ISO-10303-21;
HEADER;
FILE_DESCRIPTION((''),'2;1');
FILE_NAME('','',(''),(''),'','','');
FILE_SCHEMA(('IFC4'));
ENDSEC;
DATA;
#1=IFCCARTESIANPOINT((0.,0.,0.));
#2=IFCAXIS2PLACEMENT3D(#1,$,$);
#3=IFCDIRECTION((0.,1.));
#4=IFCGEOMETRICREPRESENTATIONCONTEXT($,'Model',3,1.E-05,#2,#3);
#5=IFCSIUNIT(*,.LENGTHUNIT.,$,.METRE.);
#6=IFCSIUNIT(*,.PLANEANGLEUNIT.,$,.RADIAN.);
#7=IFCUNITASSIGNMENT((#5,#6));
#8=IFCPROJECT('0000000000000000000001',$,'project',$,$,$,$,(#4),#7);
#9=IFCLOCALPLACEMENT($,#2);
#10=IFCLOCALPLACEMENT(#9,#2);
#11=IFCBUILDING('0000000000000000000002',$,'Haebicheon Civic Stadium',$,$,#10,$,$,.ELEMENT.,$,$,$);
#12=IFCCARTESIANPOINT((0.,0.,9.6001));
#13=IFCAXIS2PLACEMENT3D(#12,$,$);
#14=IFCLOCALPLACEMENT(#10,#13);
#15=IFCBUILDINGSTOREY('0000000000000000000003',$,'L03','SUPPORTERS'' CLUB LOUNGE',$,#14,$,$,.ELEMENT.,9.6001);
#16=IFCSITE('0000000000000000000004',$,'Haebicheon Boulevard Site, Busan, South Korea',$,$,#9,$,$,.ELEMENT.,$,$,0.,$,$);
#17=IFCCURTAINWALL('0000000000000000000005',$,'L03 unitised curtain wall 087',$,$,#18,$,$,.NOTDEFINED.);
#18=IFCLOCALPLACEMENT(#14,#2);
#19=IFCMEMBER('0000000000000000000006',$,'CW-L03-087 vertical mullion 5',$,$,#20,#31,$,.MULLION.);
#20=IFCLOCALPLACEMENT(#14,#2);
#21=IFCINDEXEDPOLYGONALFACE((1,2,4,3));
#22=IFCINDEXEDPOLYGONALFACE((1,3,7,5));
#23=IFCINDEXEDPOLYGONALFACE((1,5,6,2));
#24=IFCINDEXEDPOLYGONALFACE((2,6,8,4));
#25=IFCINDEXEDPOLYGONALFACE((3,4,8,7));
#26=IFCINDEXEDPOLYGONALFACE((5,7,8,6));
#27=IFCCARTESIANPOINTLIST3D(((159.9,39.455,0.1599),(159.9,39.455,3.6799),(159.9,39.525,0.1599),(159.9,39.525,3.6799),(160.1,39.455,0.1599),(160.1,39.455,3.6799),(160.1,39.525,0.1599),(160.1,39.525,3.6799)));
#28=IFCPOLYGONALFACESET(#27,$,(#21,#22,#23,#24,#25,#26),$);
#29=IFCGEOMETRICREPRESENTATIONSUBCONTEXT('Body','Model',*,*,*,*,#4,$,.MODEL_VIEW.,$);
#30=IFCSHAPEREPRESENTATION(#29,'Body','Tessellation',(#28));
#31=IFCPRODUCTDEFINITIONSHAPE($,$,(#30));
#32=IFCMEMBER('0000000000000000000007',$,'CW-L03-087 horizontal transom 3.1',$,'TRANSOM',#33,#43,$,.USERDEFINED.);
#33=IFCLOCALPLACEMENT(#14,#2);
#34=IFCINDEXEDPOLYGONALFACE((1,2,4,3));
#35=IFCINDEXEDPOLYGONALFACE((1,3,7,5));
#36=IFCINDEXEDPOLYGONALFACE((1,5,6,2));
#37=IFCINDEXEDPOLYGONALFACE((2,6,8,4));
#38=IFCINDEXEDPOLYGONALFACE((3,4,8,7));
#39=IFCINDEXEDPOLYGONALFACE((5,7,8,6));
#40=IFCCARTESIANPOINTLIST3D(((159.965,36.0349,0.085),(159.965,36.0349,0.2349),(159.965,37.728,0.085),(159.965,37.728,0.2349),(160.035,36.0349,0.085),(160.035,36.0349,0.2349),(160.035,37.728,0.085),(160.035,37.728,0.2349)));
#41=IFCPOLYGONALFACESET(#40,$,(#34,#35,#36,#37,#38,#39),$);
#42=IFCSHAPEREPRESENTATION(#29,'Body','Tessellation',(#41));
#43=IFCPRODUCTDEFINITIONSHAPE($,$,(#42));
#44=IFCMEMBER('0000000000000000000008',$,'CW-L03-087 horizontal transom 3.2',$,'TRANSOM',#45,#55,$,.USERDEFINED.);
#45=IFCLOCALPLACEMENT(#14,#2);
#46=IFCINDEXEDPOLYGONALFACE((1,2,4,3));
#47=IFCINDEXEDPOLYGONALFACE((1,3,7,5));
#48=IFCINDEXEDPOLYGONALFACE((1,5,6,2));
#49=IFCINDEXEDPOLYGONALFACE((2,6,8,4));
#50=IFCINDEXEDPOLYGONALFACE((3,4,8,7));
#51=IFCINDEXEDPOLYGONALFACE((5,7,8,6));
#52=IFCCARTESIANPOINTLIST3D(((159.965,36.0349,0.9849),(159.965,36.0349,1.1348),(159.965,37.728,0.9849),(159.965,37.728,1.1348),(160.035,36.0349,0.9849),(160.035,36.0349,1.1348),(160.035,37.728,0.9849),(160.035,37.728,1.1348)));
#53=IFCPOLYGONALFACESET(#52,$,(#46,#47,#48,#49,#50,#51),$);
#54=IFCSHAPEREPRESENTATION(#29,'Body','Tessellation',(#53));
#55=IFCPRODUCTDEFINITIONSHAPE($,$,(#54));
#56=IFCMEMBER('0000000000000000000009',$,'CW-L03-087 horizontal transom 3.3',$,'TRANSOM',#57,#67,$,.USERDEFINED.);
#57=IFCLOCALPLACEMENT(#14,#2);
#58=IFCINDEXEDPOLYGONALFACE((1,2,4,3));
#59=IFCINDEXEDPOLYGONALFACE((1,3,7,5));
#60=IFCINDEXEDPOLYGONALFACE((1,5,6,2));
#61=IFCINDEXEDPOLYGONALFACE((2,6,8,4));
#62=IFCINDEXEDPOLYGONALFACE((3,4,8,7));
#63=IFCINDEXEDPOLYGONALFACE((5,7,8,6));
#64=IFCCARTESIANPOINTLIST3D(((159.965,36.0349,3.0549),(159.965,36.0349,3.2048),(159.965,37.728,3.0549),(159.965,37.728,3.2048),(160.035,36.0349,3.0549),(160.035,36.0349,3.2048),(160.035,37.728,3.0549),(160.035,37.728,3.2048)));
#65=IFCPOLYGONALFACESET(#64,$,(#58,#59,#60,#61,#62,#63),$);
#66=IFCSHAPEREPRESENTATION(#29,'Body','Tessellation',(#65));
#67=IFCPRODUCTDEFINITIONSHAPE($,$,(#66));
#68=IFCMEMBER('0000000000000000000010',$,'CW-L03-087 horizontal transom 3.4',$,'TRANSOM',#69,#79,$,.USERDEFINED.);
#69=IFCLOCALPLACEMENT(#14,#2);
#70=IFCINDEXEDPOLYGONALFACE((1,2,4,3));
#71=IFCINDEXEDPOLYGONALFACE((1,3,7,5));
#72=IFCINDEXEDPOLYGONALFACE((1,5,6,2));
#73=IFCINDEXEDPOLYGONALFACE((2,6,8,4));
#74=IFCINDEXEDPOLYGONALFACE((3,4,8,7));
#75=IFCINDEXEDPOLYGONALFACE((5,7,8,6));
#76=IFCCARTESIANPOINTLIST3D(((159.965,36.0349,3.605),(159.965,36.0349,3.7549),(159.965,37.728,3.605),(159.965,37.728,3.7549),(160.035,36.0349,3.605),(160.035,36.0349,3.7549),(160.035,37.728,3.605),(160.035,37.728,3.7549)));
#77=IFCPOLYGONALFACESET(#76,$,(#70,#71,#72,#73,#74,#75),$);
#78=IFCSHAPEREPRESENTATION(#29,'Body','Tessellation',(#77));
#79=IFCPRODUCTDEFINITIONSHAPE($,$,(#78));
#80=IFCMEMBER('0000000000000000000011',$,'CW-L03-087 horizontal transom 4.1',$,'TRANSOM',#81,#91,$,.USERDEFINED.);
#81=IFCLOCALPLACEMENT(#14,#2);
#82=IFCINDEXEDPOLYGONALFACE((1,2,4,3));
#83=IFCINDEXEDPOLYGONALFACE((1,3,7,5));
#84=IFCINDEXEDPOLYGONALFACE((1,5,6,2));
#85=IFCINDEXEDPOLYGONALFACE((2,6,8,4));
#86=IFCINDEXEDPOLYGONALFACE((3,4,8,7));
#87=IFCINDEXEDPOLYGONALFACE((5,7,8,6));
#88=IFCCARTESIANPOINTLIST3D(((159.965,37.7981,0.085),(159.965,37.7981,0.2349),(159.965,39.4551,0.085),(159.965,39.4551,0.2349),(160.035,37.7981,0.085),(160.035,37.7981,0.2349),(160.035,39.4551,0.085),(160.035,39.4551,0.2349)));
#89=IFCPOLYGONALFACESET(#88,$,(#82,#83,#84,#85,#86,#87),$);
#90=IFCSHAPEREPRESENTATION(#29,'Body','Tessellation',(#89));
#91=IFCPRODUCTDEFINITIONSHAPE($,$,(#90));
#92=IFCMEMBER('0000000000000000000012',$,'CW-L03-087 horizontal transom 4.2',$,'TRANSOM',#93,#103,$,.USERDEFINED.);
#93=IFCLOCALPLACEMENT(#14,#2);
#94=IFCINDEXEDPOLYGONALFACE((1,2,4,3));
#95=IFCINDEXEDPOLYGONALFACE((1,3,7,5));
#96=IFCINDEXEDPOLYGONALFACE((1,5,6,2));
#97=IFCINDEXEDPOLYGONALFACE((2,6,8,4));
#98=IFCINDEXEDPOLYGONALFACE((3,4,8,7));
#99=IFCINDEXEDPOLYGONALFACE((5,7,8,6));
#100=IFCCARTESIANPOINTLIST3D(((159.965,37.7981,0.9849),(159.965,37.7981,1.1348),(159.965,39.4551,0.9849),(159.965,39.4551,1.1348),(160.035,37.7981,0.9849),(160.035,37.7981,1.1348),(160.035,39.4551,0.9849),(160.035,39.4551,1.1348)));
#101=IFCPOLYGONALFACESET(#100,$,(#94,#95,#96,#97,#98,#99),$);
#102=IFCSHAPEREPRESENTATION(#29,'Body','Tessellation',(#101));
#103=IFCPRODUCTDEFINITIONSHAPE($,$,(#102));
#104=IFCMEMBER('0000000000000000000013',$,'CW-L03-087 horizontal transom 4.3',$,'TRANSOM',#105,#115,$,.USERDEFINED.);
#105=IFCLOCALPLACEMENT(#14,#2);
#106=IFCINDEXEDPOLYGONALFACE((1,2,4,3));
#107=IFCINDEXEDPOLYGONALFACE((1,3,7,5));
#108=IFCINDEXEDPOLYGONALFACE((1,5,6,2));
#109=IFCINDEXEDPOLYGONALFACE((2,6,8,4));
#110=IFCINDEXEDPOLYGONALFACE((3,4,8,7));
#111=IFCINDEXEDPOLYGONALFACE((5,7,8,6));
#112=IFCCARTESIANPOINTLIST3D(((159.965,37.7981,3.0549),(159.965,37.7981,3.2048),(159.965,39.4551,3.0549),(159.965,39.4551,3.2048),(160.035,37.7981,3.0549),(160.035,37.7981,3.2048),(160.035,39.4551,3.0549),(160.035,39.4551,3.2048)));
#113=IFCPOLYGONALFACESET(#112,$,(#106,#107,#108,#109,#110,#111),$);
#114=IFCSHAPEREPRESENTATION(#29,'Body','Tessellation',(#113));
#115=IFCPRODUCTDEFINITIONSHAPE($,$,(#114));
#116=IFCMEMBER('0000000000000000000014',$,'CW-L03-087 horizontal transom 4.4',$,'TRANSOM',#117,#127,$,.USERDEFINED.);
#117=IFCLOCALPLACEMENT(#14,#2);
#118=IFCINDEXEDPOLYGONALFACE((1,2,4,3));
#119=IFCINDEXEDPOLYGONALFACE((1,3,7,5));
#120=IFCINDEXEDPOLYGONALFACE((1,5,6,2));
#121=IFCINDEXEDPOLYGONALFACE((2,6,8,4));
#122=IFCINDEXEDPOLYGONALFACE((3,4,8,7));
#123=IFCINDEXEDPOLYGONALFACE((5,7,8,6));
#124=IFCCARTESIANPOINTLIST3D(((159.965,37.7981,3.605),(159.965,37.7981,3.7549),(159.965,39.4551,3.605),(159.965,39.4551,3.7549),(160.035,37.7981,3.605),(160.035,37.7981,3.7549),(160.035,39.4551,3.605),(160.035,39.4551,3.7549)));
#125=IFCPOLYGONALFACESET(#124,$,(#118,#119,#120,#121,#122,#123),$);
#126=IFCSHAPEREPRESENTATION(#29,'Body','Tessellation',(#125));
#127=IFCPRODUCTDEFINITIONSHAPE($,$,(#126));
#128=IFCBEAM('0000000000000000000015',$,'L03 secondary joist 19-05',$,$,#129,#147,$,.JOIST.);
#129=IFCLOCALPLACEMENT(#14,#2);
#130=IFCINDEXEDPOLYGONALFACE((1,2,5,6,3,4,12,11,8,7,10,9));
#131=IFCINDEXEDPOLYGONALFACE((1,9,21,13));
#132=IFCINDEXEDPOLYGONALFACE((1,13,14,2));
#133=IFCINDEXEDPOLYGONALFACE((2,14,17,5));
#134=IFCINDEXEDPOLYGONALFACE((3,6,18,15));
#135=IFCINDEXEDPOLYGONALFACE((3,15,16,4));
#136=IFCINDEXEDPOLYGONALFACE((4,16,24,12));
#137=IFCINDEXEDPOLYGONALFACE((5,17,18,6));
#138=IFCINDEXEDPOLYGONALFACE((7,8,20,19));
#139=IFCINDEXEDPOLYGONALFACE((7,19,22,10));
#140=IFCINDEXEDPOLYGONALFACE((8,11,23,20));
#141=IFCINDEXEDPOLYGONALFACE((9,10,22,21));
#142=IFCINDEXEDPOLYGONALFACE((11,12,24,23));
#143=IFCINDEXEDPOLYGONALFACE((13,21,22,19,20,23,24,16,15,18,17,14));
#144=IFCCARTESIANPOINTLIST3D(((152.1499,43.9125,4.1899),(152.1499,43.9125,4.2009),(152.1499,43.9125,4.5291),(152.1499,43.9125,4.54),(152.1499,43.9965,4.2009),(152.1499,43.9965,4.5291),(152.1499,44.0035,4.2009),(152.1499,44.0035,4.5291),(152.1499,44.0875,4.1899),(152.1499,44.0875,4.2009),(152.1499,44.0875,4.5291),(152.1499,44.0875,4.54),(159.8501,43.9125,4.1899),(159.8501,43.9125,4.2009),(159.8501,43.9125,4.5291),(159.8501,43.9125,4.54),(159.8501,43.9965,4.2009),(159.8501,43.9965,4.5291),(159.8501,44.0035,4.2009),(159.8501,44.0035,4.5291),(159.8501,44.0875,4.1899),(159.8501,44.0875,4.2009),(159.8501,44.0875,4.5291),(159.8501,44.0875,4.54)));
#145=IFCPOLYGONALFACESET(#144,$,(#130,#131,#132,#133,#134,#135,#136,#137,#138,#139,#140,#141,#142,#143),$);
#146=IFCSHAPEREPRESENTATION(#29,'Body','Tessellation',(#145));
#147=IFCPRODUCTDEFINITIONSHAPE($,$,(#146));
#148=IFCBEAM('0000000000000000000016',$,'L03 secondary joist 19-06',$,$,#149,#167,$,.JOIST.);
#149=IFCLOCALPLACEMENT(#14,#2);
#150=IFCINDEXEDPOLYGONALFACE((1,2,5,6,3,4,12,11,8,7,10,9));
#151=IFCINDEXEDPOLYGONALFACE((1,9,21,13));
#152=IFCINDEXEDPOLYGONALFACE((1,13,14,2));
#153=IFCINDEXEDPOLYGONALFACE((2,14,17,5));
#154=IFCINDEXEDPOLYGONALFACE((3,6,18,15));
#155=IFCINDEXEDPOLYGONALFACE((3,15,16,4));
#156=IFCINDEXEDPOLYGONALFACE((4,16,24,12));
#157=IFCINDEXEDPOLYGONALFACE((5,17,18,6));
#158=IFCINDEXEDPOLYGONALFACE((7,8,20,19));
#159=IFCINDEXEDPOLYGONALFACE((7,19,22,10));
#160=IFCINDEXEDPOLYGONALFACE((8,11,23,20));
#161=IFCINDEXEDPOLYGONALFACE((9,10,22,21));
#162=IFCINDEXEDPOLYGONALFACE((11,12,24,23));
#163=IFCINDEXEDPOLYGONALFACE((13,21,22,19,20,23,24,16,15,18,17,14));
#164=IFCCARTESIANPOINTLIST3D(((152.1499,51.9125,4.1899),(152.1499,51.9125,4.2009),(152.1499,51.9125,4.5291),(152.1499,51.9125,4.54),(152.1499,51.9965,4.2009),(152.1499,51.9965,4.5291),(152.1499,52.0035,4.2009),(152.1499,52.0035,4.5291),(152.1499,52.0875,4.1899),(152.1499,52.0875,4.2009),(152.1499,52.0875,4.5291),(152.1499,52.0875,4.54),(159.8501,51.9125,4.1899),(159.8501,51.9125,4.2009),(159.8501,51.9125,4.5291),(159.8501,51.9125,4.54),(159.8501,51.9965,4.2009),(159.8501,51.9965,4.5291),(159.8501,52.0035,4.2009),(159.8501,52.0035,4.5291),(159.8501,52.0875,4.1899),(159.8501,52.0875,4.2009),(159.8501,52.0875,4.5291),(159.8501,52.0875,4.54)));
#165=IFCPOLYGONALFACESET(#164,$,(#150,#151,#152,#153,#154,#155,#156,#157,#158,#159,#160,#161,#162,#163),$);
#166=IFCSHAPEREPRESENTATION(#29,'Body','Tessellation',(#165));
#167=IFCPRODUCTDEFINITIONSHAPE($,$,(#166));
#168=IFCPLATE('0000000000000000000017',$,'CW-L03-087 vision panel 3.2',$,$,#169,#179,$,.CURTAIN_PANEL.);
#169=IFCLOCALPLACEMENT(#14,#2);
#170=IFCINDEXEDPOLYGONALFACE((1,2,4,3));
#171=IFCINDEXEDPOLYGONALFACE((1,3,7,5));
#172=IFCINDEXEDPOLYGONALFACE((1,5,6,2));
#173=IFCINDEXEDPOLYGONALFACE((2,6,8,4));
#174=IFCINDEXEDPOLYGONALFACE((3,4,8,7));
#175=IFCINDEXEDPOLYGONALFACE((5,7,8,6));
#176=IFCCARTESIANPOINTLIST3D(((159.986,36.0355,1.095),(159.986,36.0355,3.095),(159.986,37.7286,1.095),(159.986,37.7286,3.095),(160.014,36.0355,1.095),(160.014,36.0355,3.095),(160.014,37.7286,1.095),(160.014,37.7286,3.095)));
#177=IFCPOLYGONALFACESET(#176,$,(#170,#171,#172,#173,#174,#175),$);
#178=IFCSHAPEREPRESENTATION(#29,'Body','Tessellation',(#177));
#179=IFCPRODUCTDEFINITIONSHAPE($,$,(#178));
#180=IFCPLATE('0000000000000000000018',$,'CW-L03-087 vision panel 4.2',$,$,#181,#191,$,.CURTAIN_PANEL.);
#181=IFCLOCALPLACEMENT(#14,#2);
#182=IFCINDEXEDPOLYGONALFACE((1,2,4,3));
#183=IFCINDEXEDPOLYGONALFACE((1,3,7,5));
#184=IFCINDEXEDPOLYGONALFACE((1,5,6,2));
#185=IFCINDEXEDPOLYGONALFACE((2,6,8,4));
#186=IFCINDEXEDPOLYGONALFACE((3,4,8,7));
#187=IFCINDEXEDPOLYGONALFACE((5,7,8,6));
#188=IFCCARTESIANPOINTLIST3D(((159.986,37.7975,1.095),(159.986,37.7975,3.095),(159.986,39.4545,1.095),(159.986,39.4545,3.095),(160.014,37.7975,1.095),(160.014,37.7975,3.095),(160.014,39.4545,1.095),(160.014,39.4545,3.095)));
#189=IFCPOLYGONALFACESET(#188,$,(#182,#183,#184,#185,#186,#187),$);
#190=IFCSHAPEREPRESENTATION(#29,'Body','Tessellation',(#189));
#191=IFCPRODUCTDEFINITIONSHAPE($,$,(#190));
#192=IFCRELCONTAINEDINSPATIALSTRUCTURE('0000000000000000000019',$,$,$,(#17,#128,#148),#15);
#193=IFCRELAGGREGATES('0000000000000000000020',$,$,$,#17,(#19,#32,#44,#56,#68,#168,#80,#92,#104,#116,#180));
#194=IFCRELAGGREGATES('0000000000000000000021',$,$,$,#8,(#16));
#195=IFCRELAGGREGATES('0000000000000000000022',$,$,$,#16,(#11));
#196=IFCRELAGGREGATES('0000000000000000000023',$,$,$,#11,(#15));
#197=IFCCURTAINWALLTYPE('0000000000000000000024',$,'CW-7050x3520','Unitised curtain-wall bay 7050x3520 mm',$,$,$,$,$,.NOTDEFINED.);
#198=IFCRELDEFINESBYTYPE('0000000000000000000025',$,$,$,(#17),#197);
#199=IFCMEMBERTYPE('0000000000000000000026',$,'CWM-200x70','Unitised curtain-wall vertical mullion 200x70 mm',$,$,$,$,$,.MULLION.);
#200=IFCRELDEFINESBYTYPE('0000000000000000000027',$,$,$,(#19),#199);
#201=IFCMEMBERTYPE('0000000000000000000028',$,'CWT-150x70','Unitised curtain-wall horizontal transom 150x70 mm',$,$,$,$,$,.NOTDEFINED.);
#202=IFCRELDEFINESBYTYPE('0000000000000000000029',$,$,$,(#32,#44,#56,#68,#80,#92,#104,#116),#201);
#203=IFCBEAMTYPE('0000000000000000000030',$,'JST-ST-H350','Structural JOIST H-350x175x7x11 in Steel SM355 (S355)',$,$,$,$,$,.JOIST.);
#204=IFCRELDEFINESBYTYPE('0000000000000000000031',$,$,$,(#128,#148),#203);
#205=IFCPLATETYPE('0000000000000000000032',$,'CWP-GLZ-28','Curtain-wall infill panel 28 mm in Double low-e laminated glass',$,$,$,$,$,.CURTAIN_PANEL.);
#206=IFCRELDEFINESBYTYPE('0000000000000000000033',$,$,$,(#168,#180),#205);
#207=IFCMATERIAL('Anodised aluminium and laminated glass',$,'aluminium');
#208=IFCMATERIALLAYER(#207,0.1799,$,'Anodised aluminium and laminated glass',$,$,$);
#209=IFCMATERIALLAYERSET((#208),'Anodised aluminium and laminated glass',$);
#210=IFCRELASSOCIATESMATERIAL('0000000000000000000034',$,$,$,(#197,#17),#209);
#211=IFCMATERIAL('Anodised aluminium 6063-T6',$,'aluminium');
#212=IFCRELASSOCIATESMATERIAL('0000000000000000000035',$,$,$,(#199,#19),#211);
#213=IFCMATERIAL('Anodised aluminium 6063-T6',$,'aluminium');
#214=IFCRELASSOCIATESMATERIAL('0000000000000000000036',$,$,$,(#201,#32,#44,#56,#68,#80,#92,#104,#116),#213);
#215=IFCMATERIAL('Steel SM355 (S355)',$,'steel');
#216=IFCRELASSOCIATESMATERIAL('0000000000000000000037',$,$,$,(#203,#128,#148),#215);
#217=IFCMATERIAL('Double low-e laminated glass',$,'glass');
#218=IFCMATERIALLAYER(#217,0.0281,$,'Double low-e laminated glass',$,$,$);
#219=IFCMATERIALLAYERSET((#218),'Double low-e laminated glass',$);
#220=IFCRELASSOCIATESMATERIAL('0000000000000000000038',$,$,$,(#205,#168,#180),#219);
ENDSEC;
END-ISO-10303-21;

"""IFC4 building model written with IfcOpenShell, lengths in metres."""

from ifc_helpers import new_model, si_unit, direction, frame, origin, origin_2d, place, context, subcontext, project, spatial, rectangle, i_section, extrude, material, layer, layer_set, material_profile, profile_set, type_object, element, aggregate, save


model = new_model("IFC4")

# Units and contexts
model_context = context("Model", 3, precision=1e-05, world=origin(), true_north=direction((0.0, 1.0)))
body_context = subcontext(model_context, "Body", "Model", "MODEL_VIEW")
ifc_project = project(units=[si_unit("LENGTHUNIT", "METRE"), si_unit("PLANEANGLEUNIT", "RADIAN")], contexts=[model_context])

# Site, building, storey
site_placement = place(None, origin())
site = spatial("IfcSite", under=ifc_project, at=site_placement, Name="Haebicheon Boulevard Site, Busan, South Korea", CompositionType="ELEMENT", RefElevation=0.0)
building_placement = place(site_placement, origin())
building = spatial("IfcBuilding", under=site, at=building_placement, Name="Haebicheon Civic Stadium", CompositionType="ELEMENT")
storey_placement = place(building_placement, frame((0.0, 0.0, 9.6001)))
storey = spatial("IfcBuildingStorey", under=building, at=storey_placement, Name="L03", Description="SUPPORTERS' CLUB LOUNGE", CompositionType="ELEMENT", Elevation=9.6001)

# Curtain wall, members
ifc_material_1 = material(Name="Anodised aluminium and laminated glass", Category="aluminium")
ifc_layer_1 = layer(ifc_material_1, 0.1799, Name="Anodised aluminium and laminated glass")
ifc_layer_set_1 = layer_set([ifc_layer_1], Name="Anodised aluminium and laminated glass")
curtain_wall_type = type_object("IfcCurtainWallType", Name="CW-7050x3520", Description="Unitised curtain-wall bay 7050x3520 mm", PredefinedType="NOTDEFINED", material=ifc_layer_set_1)
curtain_wall_placement = place(storey_placement, origin())
curtain_wall = element("IfcCurtainWall", 1, at=curtain_wall_placement, inside=storey, type_object=curtain_wall_type, material=ifc_layer_set_1, Name="L03 unitised curtain wall 087", PredefinedType="NOTDEFINED")
ifc_material_2 = material(Name="Anodised aluminium 6063-T6", Category="aluminium")
ifc_material_profile_1 = material_profile(ifc_material_2, rectangle(XDim=0.0701, YDim=0.2, at=origin_2d()), Name="ALU-MULL-70x200")
ifc_profile_set_1 = profile_set([ifc_material_profile_1], Name="Anodised aluminium 6063-T6")
member_type_1 = type_object("IfcMemberType", Name="CWM-200x70", Description="Unitised curtain-wall vertical mullion 200x70 mm", PredefinedType="MULLION", material=ifc_profile_set_1)
member_1_placement = place(storey_placement, frame((160.0, 39.49, 0.1599), z_axis=(0.0, 0.0, 1.0), x_axis=(0.0, 1.0, 0.0)))
member_1 = element("IfcMember", 2, at=member_1_placement, type_object=member_type_1, material=ifc_profile_set_1, Name="CW-L03-087 vertical mullion 5", PredefinedType="MULLION", context=body_context, shape_type="SweptSolid", body=[
    extrude(rectangle(XDim=0.0701, YDim=0.2, at=origin_2d()), origin(), (0.0, 0.0, 1.0), 3.52),
])
ifc_material_3 = material(Name="Anodised aluminium 6063-T6", Category="aluminium")
ifc_material_profile_2 = material_profile(ifc_material_3, rectangle(XDim=0.0701, YDim=0.1499, at=origin_2d()), Name="ALU-TRAN-70x150")
ifc_profile_set_2 = profile_set([ifc_material_profile_2], Name="Anodised aluminium 6063-T6")
member_type_2 = type_object("IfcMemberType", Name="CWT-150x70", Description="Unitised curtain-wall horizontal transom 150x70 mm", PredefinedType="NOTDEFINED", material=ifc_profile_set_2)
member_2_placement = place(storey_placement, frame((160.0, 36.0349, 0.1599), z_axis=(0.0, 1.0, 0.0), x_axis=(-1.0, 0.0, 0.0)))
member_2 = element("IfcMember", 3, at=member_2_placement, type_object=member_type_2, material=ifc_profile_set_2, Name="CW-L03-087 horizontal transom 3.1", ObjectType="TRANSOM", PredefinedType="USERDEFINED", context=body_context, shape_type="SweptSolid", body=[
    extrude(rectangle(XDim=0.0701, YDim=0.1499, at=origin_2d()), origin(), (0.0, 0.0, 1.0), 1.6931),
])
member_3_placement = place(storey_placement, frame((160.0, 36.0349, 1.0598), z_axis=(0.0, 1.0, 0.0), x_axis=(-1.0, 0.0, 0.0)))
member_3 = element("IfcMember", 4, at=member_3_placement, type_object=member_type_2, material=ifc_profile_set_2, Name="CW-L03-087 horizontal transom 3.2", ObjectType="TRANSOM", PredefinedType="USERDEFINED", context=body_context, shape_type="SweptSolid", body=[
    extrude(rectangle(XDim=0.0701, YDim=0.1499, at=origin_2d()), origin(), (0.0, 0.0, 1.0), 1.6931),
])
member_4_placement = place(storey_placement, frame((160.0, 36.0349, 3.1299), z_axis=(0.0, 1.0, 0.0), x_axis=(-1.0, 0.0, 0.0)))
member_4 = element("IfcMember", 5, at=member_4_placement, type_object=member_type_2, material=ifc_profile_set_2, Name="CW-L03-087 horizontal transom 3.3", ObjectType="TRANSOM", PredefinedType="USERDEFINED", context=body_context, shape_type="SweptSolid", body=[
    extrude(rectangle(XDim=0.0701, YDim=0.1499, at=origin_2d()), origin(), (0.0, 0.0, 1.0), 1.6931),
])
member_5_placement = place(storey_placement, frame((160.0, 36.0349, 3.6799), z_axis=(0.0, 1.0, 0.0), x_axis=(-1.0, 0.0, 0.0)))
member_5 = element("IfcMember", 6, at=member_5_placement, type_object=member_type_2, material=ifc_profile_set_2, Name="CW-L03-087 horizontal transom 3.4", ObjectType="TRANSOM", PredefinedType="USERDEFINED", context=body_context, shape_type="SweptSolid", body=[
    extrude(rectangle(XDim=0.0701, YDim=0.1499, at=origin_2d()), origin(), (0.0, 0.0, 1.0), 1.6931),
])
member_6_placement = place(storey_placement, frame((160.0, 37.7981, 0.1599), z_axis=(0.0, 1.0, 0.0), x_axis=(-1.0, 0.0, 0.0)))
member_6 = element("IfcMember", 7, at=member_6_placement, type_object=member_type_2, material=ifc_profile_set_2, Name="CW-L03-087 horizontal transom 4.1", ObjectType="TRANSOM", PredefinedType="USERDEFINED", context=body_context, shape_type="SweptSolid", body=[
    extrude(rectangle(XDim=0.0701, YDim=0.1499, at=origin_2d()), origin(), (0.0, 0.0, 1.0), 1.657),
])
member_7_placement = place(storey_placement, frame((160.0, 37.7981, 1.0598), z_axis=(0.0, 1.0, 0.0), x_axis=(-1.0, 0.0, 0.0)))
member_7 = element("IfcMember", 8, at=member_7_placement, type_object=member_type_2, material=ifc_profile_set_2, Name="CW-L03-087 horizontal transom 4.2", ObjectType="TRANSOM", PredefinedType="USERDEFINED", context=body_context, shape_type="SweptSolid", body=[
    extrude(rectangle(XDim=0.0701, YDim=0.1499, at=origin_2d()), origin(), (0.0, 0.0, 1.0), 1.657),
])
member_8_placement = place(storey_placement, frame((160.0, 37.7981, 3.1299), z_axis=(0.0, 1.0, 0.0), x_axis=(-1.0, 0.0, 0.0)))
member_8 = element("IfcMember", 9, at=member_8_placement, type_object=member_type_2, material=ifc_profile_set_2, Name="CW-L03-087 horizontal transom 4.3", ObjectType="TRANSOM", PredefinedType="USERDEFINED", context=body_context, shape_type="SweptSolid", body=[
    extrude(rectangle(XDim=0.0701, YDim=0.1499, at=origin_2d()), origin(), (0.0, 0.0, 1.0), 1.657),
])
member_9_placement = place(storey_placement, frame((160.0, 37.7981, 3.6799), z_axis=(0.0, 1.0, 0.0), x_axis=(-1.0, 0.0, 0.0)))
member_9 = element("IfcMember", 10, at=member_9_placement, type_object=member_type_2, material=ifc_profile_set_2, Name="CW-L03-087 horizontal transom 4.4", ObjectType="TRANSOM", PredefinedType="USERDEFINED", context=body_context, shape_type="SweptSolid", body=[
    extrude(rectangle(XDim=0.0701, YDim=0.1499, at=origin_2d()), origin(), (0.0, 0.0, 1.0), 1.657),
])

# Beams
ifc_material_4 = material(Name="Steel SM355 (S355)", Category="steel")
ifc_material_profile_3 = material_profile(ifc_material_4, i_section(OverallWidth=0.175, OverallDepth=0.3501, WebThickness=0.0071, FlangeThickness=0.011, at=origin_2d()), Name="H-350x175x7x11")
ifc_profile_set_3 = profile_set([ifc_material_profile_3], Name="Steel SM355 (S355)")
beam_type_1 = type_object("IfcBeamType", Name="JST-ST-H350", Description="Structural JOIST H-350x175x7x11 in Steel SM355 (S355)", PredefinedType="JOIST", material=ifc_profile_set_3)
for number, where, z_axis, x_axis, name in (
    (11, (152.1499, 44.0, 4.365), (1.0, 0.0, 0.0), (0.0, 1.0, 0.0), "L03 secondary joist 19-05"),
    (12, (152.1499, 52.0, 4.365), (1.0, 0.0, 0.0), (0.0, 1.0, 0.0), "L03 secondary joist 19-06"),
):
    element("IfcBeam", number, at=place(storey_placement, frame(where, z_axis=z_axis, x_axis=x_axis)), inside=storey, type_object=beam_type_1, material=ifc_profile_set_3, Name=name, PredefinedType="JOIST", context=body_context, shape_type="SweptSolid", body=[
        extrude(i_section(OverallWidth=0.175, OverallDepth=0.3501, WebThickness=0.0071, FlangeThickness=0.011, at=origin_2d()), origin(), (0.0, 0.0, 1.0), 7.7002),
    ])

# Plates
ifc_material_5 = material(Name="Double low-e laminated glass", Category="glass")
ifc_layer_2 = layer(ifc_material_5, 0.0281, Name="Double low-e laminated glass")
ifc_layer_set_2 = layer_set([ifc_layer_2], Name="Double low-e laminated glass")
plate_type_1 = type_object("IfcPlateType", Name="CWP-GLZ-28", Description="Curtain-wall infill panel 28 mm in Double low-e laminated glass", PredefinedType="CURTAIN_PANEL", material=ifc_layer_set_2)
plate_1_placement = place(storey_placement, frame((160.0, 36.8821, 1.095), z_axis=(0.0, 0.0, 1.0), x_axis=(0.0, 1.0, 0.0)))
plate_1 = element("IfcPlate", 13, at=plate_1_placement, type_object=plate_type_1, material=ifc_layer_set_2, Name="CW-L03-087 vision panel 3.2", PredefinedType="CURTAIN_PANEL", context=body_context, shape_type="SweptSolid", body=[
    extrude(rectangle(XDim=1.6931, YDim=0.0281, at=origin_2d()), origin(), (0.0, 0.0, 1.0), 2.0),
])
plate_2_placement = place(storey_placement, frame((160.0, 38.626, 1.095), z_axis=(0.0, 0.0, 1.0), x_axis=(0.0, 1.0, 0.0)))
plate_2 = element("IfcPlate", 14, at=plate_2_placement, type_object=plate_type_1, material=ifc_layer_set_2, Name="CW-L03-087 vision panel 4.2", PredefinedType="CURTAIN_PANEL", context=body_context, shape_type="SweptSolid", body=[
    extrude(rectangle(XDim=1.657, YDim=0.0281, at=origin_2d()), origin(), (0.0, 0.0, 1.0), 2.0),
])
aggregate(curtain_wall, [member_1, member_2, member_3, member_4, member_5, plate_1, member_6, member_7, member_8, member_9, plate_2])

save(model, "model.ifc")
